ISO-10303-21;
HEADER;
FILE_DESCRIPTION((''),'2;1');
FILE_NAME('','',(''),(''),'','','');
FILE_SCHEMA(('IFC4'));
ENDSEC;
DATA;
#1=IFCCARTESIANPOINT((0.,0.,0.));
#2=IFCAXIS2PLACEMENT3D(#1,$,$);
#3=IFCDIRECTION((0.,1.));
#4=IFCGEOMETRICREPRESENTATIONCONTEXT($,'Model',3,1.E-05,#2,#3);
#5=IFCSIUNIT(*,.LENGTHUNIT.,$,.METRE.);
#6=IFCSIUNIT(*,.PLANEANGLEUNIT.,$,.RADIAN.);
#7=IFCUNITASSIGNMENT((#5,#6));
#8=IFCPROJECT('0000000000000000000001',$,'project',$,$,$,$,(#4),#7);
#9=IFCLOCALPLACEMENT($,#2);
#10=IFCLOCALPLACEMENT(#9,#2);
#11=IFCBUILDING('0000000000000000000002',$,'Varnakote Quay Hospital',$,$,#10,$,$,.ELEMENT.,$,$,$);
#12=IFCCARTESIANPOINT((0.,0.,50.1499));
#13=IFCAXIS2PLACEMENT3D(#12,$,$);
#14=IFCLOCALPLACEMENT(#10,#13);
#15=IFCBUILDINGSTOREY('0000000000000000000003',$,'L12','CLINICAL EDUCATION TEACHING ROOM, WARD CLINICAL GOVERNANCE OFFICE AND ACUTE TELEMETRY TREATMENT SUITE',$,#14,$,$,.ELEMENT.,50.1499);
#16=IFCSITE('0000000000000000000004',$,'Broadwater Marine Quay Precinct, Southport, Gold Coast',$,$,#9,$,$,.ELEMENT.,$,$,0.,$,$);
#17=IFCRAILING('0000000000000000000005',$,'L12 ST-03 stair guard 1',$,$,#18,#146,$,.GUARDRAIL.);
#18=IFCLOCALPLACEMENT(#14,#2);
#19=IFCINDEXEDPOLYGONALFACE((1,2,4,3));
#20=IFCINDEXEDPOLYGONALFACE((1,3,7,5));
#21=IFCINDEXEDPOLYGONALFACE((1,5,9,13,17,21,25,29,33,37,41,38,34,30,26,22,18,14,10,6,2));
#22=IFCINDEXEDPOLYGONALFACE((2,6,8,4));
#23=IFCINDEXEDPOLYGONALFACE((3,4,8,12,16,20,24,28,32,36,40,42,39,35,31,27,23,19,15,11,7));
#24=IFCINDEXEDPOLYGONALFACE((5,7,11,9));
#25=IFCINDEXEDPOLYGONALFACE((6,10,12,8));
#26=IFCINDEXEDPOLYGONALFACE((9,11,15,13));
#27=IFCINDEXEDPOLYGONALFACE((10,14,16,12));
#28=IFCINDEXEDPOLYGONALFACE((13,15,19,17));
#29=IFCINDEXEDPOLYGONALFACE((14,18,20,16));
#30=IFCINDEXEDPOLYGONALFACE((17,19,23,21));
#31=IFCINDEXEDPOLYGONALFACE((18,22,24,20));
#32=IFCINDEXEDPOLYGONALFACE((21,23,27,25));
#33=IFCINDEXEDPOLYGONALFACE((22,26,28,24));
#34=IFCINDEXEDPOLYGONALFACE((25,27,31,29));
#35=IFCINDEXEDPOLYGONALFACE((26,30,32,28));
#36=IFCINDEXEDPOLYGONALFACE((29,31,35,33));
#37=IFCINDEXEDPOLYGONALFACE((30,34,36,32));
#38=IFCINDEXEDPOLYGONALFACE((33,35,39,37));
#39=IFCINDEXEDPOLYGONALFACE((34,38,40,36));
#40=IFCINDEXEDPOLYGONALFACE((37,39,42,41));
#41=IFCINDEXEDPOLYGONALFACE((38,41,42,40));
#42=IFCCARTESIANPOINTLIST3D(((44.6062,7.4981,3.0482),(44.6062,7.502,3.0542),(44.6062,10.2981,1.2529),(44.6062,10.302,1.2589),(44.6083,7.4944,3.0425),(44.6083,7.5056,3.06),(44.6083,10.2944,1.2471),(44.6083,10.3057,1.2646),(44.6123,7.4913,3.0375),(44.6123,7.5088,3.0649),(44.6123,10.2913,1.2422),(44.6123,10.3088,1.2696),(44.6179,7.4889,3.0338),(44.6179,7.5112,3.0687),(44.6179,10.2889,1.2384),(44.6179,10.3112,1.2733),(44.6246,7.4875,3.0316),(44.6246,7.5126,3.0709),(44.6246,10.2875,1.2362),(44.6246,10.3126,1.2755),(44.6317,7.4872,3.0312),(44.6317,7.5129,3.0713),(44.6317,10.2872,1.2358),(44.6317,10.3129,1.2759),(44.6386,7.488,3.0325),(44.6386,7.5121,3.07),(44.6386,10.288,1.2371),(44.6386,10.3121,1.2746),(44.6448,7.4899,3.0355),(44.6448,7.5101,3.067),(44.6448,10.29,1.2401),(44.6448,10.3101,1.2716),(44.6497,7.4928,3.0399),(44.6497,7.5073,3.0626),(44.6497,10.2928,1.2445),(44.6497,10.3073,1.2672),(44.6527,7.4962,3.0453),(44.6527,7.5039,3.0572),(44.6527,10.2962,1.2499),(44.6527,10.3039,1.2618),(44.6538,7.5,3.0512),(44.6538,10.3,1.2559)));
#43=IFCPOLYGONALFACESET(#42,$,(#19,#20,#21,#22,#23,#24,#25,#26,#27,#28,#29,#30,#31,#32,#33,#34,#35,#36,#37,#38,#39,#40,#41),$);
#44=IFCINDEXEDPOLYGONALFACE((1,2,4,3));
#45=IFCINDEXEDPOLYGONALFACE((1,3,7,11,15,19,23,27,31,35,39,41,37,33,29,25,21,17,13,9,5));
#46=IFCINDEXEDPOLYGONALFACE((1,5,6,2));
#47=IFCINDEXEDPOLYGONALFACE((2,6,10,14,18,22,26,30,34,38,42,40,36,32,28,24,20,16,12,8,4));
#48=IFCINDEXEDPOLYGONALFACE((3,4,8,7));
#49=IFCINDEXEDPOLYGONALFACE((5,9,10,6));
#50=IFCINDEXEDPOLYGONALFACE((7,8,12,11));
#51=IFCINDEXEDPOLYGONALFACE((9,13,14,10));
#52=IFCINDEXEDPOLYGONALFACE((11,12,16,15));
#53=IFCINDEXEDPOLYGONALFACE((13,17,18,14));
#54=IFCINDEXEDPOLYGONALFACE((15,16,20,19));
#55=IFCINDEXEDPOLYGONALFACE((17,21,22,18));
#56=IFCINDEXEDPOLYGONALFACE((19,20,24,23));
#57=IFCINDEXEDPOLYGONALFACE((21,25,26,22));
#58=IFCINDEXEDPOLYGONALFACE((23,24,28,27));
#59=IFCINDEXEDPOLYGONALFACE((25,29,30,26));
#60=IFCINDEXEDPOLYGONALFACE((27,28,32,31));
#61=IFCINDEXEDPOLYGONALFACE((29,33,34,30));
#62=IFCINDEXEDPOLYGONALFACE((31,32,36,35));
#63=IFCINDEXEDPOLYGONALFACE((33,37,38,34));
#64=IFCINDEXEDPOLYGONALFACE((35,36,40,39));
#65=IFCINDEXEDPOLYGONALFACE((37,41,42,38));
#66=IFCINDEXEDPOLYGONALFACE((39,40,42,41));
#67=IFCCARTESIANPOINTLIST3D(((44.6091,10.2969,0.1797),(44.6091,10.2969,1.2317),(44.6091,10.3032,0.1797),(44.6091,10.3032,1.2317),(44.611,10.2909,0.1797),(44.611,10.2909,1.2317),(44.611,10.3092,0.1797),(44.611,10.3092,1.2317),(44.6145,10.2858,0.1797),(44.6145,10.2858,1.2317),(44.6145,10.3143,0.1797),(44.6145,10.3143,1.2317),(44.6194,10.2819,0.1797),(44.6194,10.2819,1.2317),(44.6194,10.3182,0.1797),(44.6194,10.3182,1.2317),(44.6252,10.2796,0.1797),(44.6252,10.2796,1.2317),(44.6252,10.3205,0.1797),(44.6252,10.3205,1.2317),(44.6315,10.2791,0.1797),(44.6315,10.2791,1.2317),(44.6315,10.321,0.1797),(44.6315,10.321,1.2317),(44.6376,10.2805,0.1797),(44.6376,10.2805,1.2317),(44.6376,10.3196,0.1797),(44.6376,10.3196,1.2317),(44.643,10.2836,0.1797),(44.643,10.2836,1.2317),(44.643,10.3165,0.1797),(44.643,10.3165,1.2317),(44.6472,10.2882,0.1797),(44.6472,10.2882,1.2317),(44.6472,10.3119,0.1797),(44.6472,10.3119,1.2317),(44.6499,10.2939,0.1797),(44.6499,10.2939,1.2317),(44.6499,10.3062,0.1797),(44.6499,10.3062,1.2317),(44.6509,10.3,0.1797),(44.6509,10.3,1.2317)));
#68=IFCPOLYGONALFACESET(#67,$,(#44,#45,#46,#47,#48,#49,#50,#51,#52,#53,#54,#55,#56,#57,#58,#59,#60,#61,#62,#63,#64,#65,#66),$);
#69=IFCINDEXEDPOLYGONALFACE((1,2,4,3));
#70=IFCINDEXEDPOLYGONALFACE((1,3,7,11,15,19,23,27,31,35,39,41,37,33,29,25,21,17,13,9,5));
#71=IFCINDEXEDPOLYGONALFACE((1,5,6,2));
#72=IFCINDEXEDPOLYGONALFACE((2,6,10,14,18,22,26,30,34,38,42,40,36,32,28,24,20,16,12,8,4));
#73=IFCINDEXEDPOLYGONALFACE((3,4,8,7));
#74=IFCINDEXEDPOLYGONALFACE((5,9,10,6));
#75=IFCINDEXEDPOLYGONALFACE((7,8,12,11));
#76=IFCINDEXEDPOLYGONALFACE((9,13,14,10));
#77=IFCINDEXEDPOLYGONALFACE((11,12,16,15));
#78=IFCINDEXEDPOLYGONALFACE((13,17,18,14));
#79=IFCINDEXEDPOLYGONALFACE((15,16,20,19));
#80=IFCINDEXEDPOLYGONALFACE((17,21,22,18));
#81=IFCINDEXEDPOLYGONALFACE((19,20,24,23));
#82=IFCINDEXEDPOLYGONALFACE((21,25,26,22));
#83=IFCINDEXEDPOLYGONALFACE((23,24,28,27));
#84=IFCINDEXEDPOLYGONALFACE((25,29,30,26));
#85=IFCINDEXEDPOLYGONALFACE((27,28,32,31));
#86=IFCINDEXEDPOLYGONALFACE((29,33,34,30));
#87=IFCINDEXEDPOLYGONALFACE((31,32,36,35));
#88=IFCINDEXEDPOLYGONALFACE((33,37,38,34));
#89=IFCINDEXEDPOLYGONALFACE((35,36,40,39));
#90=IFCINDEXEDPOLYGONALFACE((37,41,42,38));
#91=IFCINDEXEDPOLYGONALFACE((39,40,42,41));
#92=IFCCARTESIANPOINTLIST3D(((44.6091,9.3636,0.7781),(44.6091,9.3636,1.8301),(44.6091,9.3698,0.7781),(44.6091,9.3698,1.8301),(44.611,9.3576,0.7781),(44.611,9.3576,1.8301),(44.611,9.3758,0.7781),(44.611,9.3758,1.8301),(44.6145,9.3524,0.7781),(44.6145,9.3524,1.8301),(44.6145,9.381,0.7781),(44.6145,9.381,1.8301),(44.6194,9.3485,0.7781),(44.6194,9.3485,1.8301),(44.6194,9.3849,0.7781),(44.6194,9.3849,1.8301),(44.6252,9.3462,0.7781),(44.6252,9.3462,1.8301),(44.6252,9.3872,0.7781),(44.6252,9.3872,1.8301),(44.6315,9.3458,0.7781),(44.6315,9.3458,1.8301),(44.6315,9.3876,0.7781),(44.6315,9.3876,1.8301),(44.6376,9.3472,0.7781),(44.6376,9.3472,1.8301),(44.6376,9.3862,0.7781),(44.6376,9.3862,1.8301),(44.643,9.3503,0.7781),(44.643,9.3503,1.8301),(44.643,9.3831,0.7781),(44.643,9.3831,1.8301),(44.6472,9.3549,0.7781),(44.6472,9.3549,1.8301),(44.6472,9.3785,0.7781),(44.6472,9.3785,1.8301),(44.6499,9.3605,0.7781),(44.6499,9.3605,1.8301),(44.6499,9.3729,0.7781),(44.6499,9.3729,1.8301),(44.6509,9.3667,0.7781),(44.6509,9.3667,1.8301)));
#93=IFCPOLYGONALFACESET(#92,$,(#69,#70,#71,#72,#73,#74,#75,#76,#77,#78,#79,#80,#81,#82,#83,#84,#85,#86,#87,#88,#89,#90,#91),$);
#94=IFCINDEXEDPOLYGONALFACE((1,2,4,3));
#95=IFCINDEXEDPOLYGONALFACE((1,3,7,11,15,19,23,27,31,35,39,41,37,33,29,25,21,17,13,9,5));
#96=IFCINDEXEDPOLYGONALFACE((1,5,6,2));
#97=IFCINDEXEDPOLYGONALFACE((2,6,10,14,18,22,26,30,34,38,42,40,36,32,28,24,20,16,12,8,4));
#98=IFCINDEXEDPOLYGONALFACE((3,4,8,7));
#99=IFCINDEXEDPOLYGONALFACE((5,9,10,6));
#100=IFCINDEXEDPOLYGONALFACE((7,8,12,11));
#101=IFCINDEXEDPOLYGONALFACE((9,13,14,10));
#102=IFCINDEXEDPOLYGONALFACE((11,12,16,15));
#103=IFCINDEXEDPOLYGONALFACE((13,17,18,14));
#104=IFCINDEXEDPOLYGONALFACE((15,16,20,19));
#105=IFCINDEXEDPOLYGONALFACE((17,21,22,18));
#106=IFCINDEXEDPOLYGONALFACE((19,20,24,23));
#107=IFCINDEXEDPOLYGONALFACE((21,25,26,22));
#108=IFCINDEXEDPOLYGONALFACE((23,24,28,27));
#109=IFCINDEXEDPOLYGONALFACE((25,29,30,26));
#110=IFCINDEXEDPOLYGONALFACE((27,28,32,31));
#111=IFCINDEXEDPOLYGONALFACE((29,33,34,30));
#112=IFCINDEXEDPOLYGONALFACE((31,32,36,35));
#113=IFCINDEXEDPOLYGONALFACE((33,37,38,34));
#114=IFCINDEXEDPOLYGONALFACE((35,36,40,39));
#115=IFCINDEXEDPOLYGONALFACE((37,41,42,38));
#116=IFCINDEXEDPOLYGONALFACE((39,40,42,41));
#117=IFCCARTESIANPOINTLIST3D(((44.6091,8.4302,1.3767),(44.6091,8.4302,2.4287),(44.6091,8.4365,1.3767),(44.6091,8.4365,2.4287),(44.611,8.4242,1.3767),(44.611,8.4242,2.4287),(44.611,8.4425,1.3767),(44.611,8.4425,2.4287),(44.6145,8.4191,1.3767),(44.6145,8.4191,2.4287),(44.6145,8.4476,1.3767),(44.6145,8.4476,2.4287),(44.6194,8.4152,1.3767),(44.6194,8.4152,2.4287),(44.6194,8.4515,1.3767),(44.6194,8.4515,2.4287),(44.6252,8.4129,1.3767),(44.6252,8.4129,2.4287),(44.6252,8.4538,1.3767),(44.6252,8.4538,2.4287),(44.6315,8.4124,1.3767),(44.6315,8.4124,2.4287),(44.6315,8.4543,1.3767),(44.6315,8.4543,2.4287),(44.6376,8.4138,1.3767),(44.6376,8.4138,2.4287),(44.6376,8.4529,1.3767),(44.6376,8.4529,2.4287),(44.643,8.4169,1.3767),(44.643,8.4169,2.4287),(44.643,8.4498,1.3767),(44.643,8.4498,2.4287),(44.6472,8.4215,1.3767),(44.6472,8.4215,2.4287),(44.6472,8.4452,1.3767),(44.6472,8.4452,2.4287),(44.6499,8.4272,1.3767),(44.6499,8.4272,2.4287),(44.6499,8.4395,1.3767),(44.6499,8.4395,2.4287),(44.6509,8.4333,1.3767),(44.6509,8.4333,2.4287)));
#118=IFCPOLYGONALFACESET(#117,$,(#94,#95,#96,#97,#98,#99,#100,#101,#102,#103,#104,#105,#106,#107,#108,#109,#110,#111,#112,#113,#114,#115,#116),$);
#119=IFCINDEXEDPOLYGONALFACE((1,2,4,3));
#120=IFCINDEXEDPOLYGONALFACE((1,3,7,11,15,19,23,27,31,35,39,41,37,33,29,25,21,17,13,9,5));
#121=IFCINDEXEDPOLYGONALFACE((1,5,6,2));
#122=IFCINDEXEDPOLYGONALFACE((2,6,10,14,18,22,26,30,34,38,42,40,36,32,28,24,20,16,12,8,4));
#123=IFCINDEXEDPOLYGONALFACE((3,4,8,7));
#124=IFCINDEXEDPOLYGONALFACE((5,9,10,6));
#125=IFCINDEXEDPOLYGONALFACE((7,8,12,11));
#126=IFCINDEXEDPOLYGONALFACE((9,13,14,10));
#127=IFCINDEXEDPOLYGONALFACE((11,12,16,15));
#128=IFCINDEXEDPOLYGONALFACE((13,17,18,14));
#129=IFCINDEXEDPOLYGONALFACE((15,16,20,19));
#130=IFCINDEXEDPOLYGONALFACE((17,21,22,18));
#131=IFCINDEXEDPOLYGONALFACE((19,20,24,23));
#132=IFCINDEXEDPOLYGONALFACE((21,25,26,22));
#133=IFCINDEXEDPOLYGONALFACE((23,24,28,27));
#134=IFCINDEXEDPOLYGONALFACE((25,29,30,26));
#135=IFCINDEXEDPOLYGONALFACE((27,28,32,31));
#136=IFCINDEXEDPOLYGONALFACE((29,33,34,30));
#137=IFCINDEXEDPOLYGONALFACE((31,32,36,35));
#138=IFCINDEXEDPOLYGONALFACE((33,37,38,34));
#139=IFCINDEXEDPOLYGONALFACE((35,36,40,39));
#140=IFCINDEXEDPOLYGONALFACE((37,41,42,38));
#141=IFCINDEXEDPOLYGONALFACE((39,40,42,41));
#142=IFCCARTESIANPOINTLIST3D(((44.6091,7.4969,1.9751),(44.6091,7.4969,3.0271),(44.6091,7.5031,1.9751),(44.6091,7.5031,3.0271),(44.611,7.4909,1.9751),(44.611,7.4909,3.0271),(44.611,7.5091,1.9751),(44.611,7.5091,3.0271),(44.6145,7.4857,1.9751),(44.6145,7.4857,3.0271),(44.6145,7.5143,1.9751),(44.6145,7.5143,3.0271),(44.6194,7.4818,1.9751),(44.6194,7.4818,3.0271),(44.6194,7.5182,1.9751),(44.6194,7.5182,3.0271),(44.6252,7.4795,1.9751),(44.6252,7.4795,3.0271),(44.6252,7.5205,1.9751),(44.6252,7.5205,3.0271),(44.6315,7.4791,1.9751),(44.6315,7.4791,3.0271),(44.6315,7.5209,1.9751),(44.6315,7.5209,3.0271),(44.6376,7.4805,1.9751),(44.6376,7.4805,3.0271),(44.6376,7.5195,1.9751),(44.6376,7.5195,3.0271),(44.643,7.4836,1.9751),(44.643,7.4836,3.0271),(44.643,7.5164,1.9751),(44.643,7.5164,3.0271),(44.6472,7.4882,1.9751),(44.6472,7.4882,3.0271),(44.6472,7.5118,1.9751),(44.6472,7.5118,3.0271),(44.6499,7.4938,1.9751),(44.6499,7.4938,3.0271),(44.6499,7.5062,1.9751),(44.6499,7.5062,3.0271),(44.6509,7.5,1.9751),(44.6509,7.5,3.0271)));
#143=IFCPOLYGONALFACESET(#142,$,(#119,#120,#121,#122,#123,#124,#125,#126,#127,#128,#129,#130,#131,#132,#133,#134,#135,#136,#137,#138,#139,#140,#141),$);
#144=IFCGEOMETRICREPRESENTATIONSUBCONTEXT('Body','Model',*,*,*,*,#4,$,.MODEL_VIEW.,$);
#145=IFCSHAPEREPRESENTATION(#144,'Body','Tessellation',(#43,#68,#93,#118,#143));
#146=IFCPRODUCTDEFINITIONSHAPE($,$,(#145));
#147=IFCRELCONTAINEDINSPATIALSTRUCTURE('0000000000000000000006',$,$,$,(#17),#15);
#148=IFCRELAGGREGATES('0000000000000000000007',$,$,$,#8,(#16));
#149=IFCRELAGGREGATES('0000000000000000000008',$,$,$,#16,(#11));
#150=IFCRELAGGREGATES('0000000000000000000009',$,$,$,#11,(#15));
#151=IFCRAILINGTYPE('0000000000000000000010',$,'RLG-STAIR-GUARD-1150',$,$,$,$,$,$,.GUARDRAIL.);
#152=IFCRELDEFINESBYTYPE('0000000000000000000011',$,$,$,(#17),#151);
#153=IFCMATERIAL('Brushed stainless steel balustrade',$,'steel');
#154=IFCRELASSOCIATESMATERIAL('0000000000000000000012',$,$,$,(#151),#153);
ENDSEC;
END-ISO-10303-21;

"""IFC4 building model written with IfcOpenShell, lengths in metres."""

from ifc_helpers import new_model, si_unit, direction, frame, origin, origin_2d, place, context, subcontext, project, spatial, circle, extrude, material, type_object, element, save


model = new_model("IFC4")

# Units and contexts
model_context = context("Model", 3, precision=1e-05, world=origin(), true_north=direction((0.0, 1.0)))
body_context = subcontext(model_context, "Body", "Model", "MODEL_VIEW")
ifc_project = project(units=[si_unit("LENGTHUNIT", "METRE"), si_unit("PLANEANGLEUNIT", "RADIAN")], contexts=[model_context])

# Site, building, storey
site_placement = place(None, origin())
site = spatial("IfcSite", under=ifc_project, at=site_placement, Name="Broadwater Marine Quay Precinct, Southport, Gold Coast", CompositionType="ELEMENT", RefElevation=0.0)
building_placement = place(site_placement, origin())
building = spatial("IfcBuilding", under=site, at=building_placement, Name="Varnakote Quay Hospital", CompositionType="ELEMENT")
storey_placement = place(building_placement, frame((0.0, 0.0, 50.1499)))
storey = spatial("IfcBuildingStorey", under=building, at=storey_placement, Name="L12", Description="CLINICAL EDUCATION TEACHING ROOM, WARD CLINICAL GOVERNANCE OFFICE AND ACUTE TELEMETRY TREATMENT SUITE", CompositionType="ELEMENT", Elevation=50.1499)

# Railing
ifc_material_1 = material(Name="Brushed stainless steel balustrade", Category="steel")
railing_type_1 = type_object("IfcRailingType", Name="RLG-STAIR-GUARD-1150", PredefinedType="GUARDRAIL", material=ifc_material_1)
railing_1_placement = place(storey_placement, frame((44.6299, 10.3, 0.1797)))
element("IfcRailing", 1, at=railing_1_placement, inside=storey, type_object=railing_type_1, Name="L12 ST-03 stair guard 1", PredefinedType="GUARDRAIL", context=body_context, shape_type="SweptSolid", body=[
    extrude(circle(Radius=0.0239, at=origin_2d()), frame((0.0, 0.0, 1.0762), z_axis=(0.0, -0.84181, 0.539774), x_axis=(1.0, 0.0, 0.0)), (0.0, 0.0, 1.0), 3.3262),
    extrude(circle(Radius=0.021, at=origin_2d()), origin(), (0.0, 0.0, 1.0), 1.052),
    extrude(circle(Radius=0.021, at=origin_2d()), frame((0.0, -0.9333, 0.5984)), (0.0, 0.0, 1.0), 1.052),
    extrude(circle(Radius=0.021, at=origin_2d()), frame((0.0, -1.8667, 1.197)), (0.0, 0.0, 1.0), 1.052),
    extrude(circle(Radius=0.021, at=origin_2d()), frame((0.0, -2.8, 1.7954)), (0.0, 0.0, 1.0), 1.052),
])

save(model, "model.ifc")
